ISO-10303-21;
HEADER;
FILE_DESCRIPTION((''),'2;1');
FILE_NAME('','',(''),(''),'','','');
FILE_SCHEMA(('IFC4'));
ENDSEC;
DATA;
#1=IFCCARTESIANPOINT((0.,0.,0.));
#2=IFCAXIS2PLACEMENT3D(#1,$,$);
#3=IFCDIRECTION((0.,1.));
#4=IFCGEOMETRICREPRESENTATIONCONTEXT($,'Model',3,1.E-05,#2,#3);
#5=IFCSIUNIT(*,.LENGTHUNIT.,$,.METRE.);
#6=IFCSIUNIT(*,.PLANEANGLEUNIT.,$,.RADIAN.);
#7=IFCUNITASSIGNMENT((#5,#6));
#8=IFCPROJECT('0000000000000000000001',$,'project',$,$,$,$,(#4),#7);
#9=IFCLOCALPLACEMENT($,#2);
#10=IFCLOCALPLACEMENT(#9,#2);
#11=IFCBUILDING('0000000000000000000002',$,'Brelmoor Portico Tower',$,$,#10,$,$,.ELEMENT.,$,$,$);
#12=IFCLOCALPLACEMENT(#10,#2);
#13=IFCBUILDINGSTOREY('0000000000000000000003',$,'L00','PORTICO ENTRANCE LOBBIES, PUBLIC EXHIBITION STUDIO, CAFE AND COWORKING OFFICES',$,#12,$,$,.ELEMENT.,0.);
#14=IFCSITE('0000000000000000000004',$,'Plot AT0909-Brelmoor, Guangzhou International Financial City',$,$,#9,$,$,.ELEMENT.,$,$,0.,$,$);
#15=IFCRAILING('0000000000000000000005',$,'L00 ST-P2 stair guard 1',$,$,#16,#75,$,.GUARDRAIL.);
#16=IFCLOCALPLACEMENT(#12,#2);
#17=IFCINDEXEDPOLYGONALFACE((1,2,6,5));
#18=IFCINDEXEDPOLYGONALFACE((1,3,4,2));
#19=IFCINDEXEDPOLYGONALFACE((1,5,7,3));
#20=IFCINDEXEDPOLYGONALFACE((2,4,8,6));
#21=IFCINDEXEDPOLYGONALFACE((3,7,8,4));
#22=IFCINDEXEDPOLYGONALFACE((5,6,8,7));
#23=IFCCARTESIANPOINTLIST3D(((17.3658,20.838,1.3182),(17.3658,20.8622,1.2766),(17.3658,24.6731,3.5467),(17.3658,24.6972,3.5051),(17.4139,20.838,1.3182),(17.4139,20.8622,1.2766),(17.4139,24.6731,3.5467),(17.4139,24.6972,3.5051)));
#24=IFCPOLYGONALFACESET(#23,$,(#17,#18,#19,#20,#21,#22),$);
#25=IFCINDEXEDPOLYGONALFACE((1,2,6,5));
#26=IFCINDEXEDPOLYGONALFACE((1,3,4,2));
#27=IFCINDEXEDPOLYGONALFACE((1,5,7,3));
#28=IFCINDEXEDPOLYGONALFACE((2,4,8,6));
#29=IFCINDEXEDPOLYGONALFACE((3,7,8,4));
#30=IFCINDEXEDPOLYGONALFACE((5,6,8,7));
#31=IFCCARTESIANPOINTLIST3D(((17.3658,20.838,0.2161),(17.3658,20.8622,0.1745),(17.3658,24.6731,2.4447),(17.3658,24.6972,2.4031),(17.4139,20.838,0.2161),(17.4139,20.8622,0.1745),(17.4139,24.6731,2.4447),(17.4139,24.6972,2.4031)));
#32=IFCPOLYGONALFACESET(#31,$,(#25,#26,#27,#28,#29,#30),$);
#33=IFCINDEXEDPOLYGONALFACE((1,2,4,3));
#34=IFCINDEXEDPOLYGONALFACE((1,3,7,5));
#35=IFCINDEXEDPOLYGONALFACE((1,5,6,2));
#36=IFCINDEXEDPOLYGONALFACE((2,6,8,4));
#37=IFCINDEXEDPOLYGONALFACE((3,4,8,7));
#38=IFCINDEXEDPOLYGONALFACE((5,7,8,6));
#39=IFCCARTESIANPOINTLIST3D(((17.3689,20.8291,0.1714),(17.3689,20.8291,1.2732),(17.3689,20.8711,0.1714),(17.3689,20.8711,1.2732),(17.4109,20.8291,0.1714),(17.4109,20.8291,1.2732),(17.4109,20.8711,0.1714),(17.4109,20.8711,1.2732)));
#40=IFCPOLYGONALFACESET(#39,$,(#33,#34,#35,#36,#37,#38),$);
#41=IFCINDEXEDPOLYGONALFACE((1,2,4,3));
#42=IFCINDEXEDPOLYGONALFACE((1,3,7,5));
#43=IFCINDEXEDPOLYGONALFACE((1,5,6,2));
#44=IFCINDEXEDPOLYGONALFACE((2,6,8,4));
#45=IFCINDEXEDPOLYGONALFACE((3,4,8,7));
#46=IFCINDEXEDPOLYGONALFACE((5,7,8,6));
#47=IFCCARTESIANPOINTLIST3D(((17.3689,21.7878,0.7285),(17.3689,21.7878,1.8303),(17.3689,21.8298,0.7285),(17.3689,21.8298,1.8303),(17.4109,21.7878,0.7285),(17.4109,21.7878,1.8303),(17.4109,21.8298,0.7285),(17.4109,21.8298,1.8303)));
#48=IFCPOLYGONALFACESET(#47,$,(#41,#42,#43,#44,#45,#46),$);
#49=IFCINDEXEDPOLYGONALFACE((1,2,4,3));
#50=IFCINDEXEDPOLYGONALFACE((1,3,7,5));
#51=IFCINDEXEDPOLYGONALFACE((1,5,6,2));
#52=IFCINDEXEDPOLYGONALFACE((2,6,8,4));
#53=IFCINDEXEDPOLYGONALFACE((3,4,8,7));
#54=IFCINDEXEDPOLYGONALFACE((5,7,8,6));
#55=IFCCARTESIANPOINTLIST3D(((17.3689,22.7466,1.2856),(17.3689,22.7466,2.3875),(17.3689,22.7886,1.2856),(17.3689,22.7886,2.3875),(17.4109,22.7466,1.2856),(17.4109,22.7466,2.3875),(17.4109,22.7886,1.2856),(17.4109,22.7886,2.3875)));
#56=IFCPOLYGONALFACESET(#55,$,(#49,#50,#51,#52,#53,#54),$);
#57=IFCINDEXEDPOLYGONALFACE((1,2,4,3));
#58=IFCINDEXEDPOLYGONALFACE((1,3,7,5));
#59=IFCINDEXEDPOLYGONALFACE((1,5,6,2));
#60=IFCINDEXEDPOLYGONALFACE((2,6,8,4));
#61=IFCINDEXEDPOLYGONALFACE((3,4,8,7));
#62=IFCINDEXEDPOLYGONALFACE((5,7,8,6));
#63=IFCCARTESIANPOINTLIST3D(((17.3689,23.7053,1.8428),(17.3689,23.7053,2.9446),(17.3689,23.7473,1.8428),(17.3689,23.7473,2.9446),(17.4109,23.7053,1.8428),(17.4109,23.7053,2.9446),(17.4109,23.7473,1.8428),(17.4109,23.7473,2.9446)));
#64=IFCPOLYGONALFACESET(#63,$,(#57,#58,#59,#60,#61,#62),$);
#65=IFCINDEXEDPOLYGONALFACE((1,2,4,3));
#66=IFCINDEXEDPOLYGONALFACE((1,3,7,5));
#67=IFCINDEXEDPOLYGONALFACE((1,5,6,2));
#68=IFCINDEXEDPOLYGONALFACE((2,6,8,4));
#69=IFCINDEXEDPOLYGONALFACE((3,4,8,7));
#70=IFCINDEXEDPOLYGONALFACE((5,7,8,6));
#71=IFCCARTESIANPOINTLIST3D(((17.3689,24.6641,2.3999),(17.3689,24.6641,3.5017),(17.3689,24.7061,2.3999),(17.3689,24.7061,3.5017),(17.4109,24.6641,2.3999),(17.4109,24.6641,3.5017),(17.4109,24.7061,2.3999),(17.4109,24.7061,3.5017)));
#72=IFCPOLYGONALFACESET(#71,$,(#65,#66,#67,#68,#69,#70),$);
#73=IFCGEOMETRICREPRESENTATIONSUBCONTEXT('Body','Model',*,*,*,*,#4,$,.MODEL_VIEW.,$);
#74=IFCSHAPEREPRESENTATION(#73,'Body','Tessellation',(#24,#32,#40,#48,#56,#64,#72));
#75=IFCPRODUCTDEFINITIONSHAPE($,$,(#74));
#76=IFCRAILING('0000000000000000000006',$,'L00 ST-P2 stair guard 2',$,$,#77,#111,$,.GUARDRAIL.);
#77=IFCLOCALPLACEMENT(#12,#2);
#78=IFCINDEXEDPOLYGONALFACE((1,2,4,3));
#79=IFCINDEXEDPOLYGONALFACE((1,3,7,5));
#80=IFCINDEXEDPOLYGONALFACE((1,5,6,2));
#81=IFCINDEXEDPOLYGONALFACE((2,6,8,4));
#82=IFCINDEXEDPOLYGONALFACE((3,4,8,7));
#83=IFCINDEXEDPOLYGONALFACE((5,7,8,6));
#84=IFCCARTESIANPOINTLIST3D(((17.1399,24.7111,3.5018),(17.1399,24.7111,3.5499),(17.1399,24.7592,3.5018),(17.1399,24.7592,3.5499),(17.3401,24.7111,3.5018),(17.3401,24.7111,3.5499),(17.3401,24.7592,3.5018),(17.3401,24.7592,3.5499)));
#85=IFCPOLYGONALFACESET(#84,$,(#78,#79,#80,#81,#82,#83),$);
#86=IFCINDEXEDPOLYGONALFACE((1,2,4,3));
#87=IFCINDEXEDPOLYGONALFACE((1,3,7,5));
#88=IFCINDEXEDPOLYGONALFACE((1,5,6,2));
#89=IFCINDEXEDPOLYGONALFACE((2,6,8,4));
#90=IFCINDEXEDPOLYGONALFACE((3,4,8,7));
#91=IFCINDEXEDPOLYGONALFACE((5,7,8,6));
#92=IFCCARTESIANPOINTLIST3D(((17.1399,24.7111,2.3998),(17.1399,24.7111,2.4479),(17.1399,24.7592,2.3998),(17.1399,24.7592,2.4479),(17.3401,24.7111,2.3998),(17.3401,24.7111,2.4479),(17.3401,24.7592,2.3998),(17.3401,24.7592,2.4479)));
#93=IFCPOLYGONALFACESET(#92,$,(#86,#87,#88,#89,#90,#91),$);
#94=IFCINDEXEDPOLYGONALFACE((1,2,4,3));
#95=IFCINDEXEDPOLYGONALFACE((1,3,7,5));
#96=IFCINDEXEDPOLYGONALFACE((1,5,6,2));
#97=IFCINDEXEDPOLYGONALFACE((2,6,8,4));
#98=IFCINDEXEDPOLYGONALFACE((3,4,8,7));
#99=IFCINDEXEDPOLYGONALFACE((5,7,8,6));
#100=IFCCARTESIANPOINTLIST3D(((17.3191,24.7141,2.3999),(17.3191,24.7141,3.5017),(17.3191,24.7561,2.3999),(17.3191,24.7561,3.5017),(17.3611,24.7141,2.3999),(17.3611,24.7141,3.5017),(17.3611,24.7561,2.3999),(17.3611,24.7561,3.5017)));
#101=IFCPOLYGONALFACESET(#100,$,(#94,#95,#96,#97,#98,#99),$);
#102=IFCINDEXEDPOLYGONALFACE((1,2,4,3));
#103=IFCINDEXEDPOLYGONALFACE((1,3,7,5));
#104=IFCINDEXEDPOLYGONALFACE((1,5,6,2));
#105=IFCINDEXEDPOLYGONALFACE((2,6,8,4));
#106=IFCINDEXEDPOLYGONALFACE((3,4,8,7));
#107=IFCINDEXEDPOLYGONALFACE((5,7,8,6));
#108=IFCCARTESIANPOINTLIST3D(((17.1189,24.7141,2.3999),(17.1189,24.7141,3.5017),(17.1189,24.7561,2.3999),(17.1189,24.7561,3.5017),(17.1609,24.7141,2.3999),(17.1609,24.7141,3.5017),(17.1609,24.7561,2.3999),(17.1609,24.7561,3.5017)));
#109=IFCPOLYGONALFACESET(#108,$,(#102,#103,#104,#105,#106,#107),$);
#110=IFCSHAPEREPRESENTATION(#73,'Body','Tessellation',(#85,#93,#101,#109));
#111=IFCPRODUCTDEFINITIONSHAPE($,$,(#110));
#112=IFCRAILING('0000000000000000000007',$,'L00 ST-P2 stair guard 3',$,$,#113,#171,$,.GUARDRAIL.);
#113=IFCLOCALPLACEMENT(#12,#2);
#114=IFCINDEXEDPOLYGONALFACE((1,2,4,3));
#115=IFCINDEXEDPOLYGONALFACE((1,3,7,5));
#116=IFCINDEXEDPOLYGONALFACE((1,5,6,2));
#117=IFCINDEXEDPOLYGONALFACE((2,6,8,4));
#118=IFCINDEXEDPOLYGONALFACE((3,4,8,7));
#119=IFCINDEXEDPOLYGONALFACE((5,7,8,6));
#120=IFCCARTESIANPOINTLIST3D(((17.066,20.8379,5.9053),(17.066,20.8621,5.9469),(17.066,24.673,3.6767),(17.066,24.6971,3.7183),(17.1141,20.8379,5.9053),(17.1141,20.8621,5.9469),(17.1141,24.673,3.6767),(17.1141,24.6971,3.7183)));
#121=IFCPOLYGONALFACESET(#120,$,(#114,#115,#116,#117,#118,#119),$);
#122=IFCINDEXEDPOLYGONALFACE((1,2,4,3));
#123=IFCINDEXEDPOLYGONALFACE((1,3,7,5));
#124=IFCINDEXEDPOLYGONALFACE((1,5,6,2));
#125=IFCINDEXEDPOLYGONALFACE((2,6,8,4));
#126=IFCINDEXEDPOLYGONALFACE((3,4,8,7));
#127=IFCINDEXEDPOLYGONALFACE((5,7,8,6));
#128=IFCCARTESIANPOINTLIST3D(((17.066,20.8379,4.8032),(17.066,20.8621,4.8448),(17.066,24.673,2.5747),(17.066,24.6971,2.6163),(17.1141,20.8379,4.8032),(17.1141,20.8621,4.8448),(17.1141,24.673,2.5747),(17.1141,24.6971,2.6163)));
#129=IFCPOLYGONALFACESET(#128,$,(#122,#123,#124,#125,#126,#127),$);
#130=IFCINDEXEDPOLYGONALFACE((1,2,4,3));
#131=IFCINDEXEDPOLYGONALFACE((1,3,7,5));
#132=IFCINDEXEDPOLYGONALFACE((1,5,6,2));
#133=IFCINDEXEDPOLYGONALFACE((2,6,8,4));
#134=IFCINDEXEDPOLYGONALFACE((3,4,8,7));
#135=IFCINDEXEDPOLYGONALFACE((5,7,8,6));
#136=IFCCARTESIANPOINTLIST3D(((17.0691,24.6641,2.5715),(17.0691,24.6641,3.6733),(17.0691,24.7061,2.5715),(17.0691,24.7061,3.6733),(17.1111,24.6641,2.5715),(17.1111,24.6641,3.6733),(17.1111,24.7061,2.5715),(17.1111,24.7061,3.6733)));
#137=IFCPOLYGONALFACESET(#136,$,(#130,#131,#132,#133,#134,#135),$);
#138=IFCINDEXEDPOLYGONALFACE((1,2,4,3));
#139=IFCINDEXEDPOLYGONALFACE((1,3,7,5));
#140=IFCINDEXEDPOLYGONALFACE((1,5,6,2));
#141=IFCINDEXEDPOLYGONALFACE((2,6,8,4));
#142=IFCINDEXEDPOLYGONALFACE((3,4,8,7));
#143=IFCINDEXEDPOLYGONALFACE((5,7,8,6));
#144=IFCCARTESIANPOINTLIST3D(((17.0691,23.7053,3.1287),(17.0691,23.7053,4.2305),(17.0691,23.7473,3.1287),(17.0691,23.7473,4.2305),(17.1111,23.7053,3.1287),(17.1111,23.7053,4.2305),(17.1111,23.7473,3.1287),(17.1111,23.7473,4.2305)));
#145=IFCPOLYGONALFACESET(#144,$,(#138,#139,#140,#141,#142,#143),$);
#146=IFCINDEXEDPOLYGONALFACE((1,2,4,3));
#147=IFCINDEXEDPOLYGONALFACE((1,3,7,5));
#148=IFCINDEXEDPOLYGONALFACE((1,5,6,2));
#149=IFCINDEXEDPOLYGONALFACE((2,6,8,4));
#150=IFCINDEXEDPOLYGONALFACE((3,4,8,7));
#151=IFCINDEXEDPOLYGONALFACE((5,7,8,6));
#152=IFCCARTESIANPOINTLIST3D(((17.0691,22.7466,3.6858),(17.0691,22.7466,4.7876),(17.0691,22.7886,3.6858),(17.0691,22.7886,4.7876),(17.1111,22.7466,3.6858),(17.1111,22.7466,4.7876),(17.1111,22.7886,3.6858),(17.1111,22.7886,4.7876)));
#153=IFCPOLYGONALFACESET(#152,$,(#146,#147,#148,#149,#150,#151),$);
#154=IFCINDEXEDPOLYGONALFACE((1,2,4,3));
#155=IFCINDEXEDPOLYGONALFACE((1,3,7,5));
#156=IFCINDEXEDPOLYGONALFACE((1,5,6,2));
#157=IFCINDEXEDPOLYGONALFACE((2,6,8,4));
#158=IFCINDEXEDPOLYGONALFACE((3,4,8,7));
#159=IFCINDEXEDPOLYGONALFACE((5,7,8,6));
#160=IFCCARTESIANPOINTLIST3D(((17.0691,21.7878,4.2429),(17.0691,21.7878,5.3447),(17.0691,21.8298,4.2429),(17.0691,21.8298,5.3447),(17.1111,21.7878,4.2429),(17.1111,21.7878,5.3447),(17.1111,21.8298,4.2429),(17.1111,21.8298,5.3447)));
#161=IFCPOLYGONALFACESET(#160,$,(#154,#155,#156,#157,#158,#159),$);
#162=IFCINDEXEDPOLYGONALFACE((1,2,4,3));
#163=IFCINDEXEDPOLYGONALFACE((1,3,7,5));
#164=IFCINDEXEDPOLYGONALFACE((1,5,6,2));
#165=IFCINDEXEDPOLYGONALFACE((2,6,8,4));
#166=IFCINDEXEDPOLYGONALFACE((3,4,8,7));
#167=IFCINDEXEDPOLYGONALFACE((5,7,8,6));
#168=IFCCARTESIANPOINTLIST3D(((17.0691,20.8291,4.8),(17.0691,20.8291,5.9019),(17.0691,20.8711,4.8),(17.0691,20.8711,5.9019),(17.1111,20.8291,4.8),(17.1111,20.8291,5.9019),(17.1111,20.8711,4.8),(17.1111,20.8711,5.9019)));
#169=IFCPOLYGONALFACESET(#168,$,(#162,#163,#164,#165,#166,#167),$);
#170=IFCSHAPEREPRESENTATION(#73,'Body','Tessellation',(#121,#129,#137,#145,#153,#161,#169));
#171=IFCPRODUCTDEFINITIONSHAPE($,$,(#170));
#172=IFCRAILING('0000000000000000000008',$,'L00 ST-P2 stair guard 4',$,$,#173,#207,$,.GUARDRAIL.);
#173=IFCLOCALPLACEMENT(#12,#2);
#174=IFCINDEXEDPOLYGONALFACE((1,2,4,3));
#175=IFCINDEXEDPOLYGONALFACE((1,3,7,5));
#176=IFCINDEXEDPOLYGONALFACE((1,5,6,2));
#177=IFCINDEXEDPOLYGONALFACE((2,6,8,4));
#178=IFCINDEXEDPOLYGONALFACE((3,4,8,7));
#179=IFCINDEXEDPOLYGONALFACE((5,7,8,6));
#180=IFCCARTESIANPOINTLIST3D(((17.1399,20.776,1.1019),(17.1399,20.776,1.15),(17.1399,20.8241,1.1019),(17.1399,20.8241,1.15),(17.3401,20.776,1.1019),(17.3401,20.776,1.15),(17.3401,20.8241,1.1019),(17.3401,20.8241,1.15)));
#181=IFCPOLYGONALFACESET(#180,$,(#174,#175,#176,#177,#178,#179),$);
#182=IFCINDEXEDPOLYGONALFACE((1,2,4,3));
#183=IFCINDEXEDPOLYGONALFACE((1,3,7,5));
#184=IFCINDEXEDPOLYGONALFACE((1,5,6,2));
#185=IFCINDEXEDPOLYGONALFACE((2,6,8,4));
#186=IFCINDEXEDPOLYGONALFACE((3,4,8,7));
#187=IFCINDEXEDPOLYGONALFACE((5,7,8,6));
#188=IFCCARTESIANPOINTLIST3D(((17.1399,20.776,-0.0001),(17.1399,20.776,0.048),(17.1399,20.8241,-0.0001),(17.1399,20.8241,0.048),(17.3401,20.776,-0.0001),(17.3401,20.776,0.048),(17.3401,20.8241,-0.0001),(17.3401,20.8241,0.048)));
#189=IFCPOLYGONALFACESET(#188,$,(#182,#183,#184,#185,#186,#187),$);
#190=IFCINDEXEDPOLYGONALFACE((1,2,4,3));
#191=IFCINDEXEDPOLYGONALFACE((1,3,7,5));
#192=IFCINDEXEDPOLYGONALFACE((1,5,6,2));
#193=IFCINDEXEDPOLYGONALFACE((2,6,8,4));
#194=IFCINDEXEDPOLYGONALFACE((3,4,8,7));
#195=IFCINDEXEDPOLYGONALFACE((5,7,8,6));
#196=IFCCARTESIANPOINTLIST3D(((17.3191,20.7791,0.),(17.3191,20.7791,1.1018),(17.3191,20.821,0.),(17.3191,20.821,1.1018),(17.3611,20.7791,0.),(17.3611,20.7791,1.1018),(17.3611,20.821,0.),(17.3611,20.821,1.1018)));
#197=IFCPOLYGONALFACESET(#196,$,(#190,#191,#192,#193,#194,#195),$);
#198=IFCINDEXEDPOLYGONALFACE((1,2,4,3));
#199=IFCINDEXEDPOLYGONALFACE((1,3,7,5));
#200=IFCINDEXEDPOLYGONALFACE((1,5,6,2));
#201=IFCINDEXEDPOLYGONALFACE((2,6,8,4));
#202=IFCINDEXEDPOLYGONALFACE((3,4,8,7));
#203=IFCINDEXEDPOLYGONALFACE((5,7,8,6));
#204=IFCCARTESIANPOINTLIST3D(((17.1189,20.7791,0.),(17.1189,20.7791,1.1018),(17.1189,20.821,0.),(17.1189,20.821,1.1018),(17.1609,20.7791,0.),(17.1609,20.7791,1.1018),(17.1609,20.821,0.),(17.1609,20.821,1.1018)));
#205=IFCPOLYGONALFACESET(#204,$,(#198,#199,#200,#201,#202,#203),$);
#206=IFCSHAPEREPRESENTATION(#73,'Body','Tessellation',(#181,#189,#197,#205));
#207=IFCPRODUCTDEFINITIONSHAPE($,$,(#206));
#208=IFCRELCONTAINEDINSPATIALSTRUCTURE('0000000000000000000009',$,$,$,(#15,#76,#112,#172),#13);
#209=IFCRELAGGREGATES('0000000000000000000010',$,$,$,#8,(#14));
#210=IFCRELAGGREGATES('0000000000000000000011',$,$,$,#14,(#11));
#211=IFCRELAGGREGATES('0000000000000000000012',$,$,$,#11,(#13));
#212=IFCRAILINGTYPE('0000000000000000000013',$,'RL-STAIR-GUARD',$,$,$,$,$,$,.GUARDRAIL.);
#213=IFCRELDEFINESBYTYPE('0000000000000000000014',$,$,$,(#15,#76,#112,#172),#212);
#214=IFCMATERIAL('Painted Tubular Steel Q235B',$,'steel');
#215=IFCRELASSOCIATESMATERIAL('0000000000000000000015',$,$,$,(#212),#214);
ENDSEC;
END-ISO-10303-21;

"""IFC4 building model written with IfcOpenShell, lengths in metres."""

from ifc_helpers import new_model, si_unit, direction, frame, origin, origin_2d, place, context, subcontext, project, spatial, rectangle, extrude, material, type_object, element, save


model = new_model("IFC4")

# Units and contexts
model_context = context("Model", 3, precision=1e-05, world=origin(), true_north=direction((0.0, 1.0)))
body_context = subcontext(model_context, "Body", "Model", "MODEL_VIEW")
ifc_project = project(units=[si_unit("LENGTHUNIT", "METRE"), si_unit("PLANEANGLEUNIT", "RADIAN")], contexts=[model_context])

# Site, building, storey
site_placement = place(None, origin())
site = spatial("IfcSite", under=ifc_project, at=site_placement, Name="Plot AT0909-Brelmoor, Guangzhou International Financial City", CompositionType="ELEMENT", RefElevation=0.0)
building_placement = place(site_placement, origin())
building = spatial("IfcBuilding", under=site, at=building_placement, Name="Brelmoor Portico Tower", CompositionType="ELEMENT")
storey_placement = place(building_placement, origin())
storey = spatial("IfcBuildingStorey", under=building, at=storey_placement, Name="L00", Description="PORTICO ENTRANCE LOBBIES, PUBLIC EXHIBITION STUDIO, CAFE AND COWORKING OFFICES", CompositionType="ELEMENT", Elevation=0.0)

# Railings
ifc_material_1 = material(Name="Painted Tubular Steel Q235B", Category="steel")
railing_type_1 = type_object("IfcRailingType", Name="RL-STAIR-GUARD", PredefinedType="GUARDRAIL", material=ifc_material_1)
railing_1_placement = place(storey_placement, frame((17.3899, 20.8501, 0.1714)))
element("IfcRailing", 1, at=railing_1_placement, inside=storey, type_object=railing_type_1, Name="L00 ST-P2 stair guard 1", PredefinedType="GUARDRAIL", context=body_context, shape_type="SweptSolid", body=[
    extrude(rectangle(XDim=0.0481, YDim=0.0481, at=origin_2d()), frame((0.0, 0.0, 1.126), z_axis=(0.0, 0.864616, 0.502433), x_axis=(-1.0, 0.0, 0.0)), (0.0, 0.0, 1.0), 4.4355),
    extrude(rectangle(XDim=0.0481, YDim=0.0481, at=origin_2d()), frame((0.0, 0.0, 0.0239), z_axis=(0.0, 0.864616, 0.502433), x_axis=(-1.0, 0.0, 0.0)), (0.0, 0.0, 1.0), 4.4355),
    extrude(rectangle(XDim=0.042, YDim=0.042, at=origin_2d()), origin(), (0.0, 0.0, 1.0), 1.1018),
    extrude(rectangle(XDim=0.042, YDim=0.042, at=origin_2d()), frame((0.0, 0.9587, 0.5571)), (0.0, 0.0, 1.0), 1.1018),
    extrude(rectangle(XDim=0.042, YDim=0.042, at=origin_2d()), frame((0.0, 1.9175, 1.1143)), (0.0, 0.0, 1.0), 1.1018),
    extrude(rectangle(XDim=0.042, YDim=0.042, at=origin_2d()), frame((0.0, 2.8762, 1.6714)), (0.0, 0.0, 1.0), 1.1018),
    extrude(rectangle(XDim=0.042, YDim=0.042, at=origin_2d()), frame((0.0, 3.835, 2.2285)), (0.0, 0.0, 1.0), 1.1018),
])
railing_2_placement = place(storey_placement, frame((17.3401, 24.7351, 2.3999)))
element("IfcRailing", 2, at=railing_2_placement, inside=storey, type_object=railing_type_1, Name="L00 ST-P2 stair guard 2", PredefinedType="GUARDRAIL", context=body_context, shape_type="SweptSolid", body=[
    extrude(rectangle(XDim=0.0481, YDim=0.0481, at=origin_2d()), frame((0.0, 0.0, 1.126), z_axis=(-1.0, 0.0, 0.0), x_axis=(0.0, -1.0, 0.0)), (0.0, 0.0, 1.0), 0.2002),
    extrude(rectangle(XDim=0.0481, YDim=0.0481, at=origin_2d()), frame((0.0, 0.0, 0.0239), z_axis=(-1.0, 0.0, 0.0), x_axis=(0.0, -1.0, 0.0)), (0.0, 0.0, 1.0), 0.2002),
    extrude(rectangle(XDim=0.042, YDim=0.042, at=origin_2d()), origin(), (0.0, 0.0, 1.0), 1.1018),
    extrude(rectangle(XDim=0.042, YDim=0.042, at=origin_2d()), frame((-0.2002, 0.0, 0.0)), (0.0, 0.0, 1.0), 1.1018),
])
railing_3_placement = place(storey_placement, frame((17.0901, 24.6851, 2.5715)))
element("IfcRailing", 3, at=railing_3_placement, inside=storey, type_object=railing_type_1, Name="L00 ST-P2 stair guard 3", PredefinedType="GUARDRAIL", context=body_context, shape_type="SweptSolid", body=[
    extrude(rectangle(XDim=0.0481, YDim=0.0481, at=origin_2d()), frame((0.0, 0.0, 1.126), z_axis=(0.0, -0.864616, 0.502433), x_axis=(1.0, 0.0, 0.0)), (0.0, 0.0, 1.0), 4.4355),
    extrude(rectangle(XDim=0.0481, YDim=0.0481, at=origin_2d()), frame((0.0, 0.0, 0.0239), z_axis=(0.0, -0.864616, 0.502433), x_axis=(1.0, 0.0, 0.0)), (0.0, 0.0, 1.0), 4.4355),
    extrude(rectangle(XDim=0.042, YDim=0.042, at=origin_2d()), origin(), (0.0, 0.0, 1.0), 1.1018),
    extrude(rectangle(XDim=0.042, YDim=0.042, at=origin_2d()), frame((0.0, -0.9587, 0.5571)), (0.0, 0.0, 1.0), 1.1018),
    extrude(rectangle(XDim=0.042, YDim=0.042, at=origin_2d()), frame((0.0, -1.9175, 1.1143)), (0.0, 0.0, 1.0), 1.1018),
    extrude(rectangle(XDim=0.042, YDim=0.042, at=origin_2d()), frame((0.0, -2.8762, 1.6714)), (0.0, 0.0, 1.0), 1.1018),
    extrude(rectangle(XDim=0.042, YDim=0.042, at=origin_2d()), frame((0.0, -3.835, 2.2285)), (0.0, 0.0, 1.0), 1.1018),
])
railing_4_placement = place(storey_placement, frame((17.3401, 20.8, 0.0)))
element("IfcRailing", 4, at=railing_4_placement, inside=storey, type_object=railing_type_1, Name="L00 ST-P2 stair guard 4", PredefinedType="GUARDRAIL", context=body_context, shape_type="SweptSolid", body=[
    extrude(rectangle(XDim=0.0481, YDim=0.0481, at=origin_2d()), frame((0.0, 0.0, 1.126), z_axis=(-1.0, 0.0, 0.0), x_axis=(0.0, -1.0, 0.0)), (0.0, 0.0, 1.0), 0.2002),
    extrude(rectangle(XDim=0.0481, YDim=0.0481, at=origin_2d()), frame((0.0, 0.0, 0.0239), z_axis=(-1.0, 0.0, 0.0), x_axis=(0.0, -1.0, 0.0)), (0.0, 0.0, 1.0), 0.2002),
    extrude(rectangle(XDim=0.042, YDim=0.042, at=origin_2d()), origin(), (0.0, 0.0, 1.0), 1.1018),
    extrude(rectangle(XDim=0.042, YDim=0.042, at=origin_2d()), frame((-0.2002, 0.0, 0.0)), (0.0, 0.0, 1.0), 1.1018),
])

save(model, "model.ifc")
